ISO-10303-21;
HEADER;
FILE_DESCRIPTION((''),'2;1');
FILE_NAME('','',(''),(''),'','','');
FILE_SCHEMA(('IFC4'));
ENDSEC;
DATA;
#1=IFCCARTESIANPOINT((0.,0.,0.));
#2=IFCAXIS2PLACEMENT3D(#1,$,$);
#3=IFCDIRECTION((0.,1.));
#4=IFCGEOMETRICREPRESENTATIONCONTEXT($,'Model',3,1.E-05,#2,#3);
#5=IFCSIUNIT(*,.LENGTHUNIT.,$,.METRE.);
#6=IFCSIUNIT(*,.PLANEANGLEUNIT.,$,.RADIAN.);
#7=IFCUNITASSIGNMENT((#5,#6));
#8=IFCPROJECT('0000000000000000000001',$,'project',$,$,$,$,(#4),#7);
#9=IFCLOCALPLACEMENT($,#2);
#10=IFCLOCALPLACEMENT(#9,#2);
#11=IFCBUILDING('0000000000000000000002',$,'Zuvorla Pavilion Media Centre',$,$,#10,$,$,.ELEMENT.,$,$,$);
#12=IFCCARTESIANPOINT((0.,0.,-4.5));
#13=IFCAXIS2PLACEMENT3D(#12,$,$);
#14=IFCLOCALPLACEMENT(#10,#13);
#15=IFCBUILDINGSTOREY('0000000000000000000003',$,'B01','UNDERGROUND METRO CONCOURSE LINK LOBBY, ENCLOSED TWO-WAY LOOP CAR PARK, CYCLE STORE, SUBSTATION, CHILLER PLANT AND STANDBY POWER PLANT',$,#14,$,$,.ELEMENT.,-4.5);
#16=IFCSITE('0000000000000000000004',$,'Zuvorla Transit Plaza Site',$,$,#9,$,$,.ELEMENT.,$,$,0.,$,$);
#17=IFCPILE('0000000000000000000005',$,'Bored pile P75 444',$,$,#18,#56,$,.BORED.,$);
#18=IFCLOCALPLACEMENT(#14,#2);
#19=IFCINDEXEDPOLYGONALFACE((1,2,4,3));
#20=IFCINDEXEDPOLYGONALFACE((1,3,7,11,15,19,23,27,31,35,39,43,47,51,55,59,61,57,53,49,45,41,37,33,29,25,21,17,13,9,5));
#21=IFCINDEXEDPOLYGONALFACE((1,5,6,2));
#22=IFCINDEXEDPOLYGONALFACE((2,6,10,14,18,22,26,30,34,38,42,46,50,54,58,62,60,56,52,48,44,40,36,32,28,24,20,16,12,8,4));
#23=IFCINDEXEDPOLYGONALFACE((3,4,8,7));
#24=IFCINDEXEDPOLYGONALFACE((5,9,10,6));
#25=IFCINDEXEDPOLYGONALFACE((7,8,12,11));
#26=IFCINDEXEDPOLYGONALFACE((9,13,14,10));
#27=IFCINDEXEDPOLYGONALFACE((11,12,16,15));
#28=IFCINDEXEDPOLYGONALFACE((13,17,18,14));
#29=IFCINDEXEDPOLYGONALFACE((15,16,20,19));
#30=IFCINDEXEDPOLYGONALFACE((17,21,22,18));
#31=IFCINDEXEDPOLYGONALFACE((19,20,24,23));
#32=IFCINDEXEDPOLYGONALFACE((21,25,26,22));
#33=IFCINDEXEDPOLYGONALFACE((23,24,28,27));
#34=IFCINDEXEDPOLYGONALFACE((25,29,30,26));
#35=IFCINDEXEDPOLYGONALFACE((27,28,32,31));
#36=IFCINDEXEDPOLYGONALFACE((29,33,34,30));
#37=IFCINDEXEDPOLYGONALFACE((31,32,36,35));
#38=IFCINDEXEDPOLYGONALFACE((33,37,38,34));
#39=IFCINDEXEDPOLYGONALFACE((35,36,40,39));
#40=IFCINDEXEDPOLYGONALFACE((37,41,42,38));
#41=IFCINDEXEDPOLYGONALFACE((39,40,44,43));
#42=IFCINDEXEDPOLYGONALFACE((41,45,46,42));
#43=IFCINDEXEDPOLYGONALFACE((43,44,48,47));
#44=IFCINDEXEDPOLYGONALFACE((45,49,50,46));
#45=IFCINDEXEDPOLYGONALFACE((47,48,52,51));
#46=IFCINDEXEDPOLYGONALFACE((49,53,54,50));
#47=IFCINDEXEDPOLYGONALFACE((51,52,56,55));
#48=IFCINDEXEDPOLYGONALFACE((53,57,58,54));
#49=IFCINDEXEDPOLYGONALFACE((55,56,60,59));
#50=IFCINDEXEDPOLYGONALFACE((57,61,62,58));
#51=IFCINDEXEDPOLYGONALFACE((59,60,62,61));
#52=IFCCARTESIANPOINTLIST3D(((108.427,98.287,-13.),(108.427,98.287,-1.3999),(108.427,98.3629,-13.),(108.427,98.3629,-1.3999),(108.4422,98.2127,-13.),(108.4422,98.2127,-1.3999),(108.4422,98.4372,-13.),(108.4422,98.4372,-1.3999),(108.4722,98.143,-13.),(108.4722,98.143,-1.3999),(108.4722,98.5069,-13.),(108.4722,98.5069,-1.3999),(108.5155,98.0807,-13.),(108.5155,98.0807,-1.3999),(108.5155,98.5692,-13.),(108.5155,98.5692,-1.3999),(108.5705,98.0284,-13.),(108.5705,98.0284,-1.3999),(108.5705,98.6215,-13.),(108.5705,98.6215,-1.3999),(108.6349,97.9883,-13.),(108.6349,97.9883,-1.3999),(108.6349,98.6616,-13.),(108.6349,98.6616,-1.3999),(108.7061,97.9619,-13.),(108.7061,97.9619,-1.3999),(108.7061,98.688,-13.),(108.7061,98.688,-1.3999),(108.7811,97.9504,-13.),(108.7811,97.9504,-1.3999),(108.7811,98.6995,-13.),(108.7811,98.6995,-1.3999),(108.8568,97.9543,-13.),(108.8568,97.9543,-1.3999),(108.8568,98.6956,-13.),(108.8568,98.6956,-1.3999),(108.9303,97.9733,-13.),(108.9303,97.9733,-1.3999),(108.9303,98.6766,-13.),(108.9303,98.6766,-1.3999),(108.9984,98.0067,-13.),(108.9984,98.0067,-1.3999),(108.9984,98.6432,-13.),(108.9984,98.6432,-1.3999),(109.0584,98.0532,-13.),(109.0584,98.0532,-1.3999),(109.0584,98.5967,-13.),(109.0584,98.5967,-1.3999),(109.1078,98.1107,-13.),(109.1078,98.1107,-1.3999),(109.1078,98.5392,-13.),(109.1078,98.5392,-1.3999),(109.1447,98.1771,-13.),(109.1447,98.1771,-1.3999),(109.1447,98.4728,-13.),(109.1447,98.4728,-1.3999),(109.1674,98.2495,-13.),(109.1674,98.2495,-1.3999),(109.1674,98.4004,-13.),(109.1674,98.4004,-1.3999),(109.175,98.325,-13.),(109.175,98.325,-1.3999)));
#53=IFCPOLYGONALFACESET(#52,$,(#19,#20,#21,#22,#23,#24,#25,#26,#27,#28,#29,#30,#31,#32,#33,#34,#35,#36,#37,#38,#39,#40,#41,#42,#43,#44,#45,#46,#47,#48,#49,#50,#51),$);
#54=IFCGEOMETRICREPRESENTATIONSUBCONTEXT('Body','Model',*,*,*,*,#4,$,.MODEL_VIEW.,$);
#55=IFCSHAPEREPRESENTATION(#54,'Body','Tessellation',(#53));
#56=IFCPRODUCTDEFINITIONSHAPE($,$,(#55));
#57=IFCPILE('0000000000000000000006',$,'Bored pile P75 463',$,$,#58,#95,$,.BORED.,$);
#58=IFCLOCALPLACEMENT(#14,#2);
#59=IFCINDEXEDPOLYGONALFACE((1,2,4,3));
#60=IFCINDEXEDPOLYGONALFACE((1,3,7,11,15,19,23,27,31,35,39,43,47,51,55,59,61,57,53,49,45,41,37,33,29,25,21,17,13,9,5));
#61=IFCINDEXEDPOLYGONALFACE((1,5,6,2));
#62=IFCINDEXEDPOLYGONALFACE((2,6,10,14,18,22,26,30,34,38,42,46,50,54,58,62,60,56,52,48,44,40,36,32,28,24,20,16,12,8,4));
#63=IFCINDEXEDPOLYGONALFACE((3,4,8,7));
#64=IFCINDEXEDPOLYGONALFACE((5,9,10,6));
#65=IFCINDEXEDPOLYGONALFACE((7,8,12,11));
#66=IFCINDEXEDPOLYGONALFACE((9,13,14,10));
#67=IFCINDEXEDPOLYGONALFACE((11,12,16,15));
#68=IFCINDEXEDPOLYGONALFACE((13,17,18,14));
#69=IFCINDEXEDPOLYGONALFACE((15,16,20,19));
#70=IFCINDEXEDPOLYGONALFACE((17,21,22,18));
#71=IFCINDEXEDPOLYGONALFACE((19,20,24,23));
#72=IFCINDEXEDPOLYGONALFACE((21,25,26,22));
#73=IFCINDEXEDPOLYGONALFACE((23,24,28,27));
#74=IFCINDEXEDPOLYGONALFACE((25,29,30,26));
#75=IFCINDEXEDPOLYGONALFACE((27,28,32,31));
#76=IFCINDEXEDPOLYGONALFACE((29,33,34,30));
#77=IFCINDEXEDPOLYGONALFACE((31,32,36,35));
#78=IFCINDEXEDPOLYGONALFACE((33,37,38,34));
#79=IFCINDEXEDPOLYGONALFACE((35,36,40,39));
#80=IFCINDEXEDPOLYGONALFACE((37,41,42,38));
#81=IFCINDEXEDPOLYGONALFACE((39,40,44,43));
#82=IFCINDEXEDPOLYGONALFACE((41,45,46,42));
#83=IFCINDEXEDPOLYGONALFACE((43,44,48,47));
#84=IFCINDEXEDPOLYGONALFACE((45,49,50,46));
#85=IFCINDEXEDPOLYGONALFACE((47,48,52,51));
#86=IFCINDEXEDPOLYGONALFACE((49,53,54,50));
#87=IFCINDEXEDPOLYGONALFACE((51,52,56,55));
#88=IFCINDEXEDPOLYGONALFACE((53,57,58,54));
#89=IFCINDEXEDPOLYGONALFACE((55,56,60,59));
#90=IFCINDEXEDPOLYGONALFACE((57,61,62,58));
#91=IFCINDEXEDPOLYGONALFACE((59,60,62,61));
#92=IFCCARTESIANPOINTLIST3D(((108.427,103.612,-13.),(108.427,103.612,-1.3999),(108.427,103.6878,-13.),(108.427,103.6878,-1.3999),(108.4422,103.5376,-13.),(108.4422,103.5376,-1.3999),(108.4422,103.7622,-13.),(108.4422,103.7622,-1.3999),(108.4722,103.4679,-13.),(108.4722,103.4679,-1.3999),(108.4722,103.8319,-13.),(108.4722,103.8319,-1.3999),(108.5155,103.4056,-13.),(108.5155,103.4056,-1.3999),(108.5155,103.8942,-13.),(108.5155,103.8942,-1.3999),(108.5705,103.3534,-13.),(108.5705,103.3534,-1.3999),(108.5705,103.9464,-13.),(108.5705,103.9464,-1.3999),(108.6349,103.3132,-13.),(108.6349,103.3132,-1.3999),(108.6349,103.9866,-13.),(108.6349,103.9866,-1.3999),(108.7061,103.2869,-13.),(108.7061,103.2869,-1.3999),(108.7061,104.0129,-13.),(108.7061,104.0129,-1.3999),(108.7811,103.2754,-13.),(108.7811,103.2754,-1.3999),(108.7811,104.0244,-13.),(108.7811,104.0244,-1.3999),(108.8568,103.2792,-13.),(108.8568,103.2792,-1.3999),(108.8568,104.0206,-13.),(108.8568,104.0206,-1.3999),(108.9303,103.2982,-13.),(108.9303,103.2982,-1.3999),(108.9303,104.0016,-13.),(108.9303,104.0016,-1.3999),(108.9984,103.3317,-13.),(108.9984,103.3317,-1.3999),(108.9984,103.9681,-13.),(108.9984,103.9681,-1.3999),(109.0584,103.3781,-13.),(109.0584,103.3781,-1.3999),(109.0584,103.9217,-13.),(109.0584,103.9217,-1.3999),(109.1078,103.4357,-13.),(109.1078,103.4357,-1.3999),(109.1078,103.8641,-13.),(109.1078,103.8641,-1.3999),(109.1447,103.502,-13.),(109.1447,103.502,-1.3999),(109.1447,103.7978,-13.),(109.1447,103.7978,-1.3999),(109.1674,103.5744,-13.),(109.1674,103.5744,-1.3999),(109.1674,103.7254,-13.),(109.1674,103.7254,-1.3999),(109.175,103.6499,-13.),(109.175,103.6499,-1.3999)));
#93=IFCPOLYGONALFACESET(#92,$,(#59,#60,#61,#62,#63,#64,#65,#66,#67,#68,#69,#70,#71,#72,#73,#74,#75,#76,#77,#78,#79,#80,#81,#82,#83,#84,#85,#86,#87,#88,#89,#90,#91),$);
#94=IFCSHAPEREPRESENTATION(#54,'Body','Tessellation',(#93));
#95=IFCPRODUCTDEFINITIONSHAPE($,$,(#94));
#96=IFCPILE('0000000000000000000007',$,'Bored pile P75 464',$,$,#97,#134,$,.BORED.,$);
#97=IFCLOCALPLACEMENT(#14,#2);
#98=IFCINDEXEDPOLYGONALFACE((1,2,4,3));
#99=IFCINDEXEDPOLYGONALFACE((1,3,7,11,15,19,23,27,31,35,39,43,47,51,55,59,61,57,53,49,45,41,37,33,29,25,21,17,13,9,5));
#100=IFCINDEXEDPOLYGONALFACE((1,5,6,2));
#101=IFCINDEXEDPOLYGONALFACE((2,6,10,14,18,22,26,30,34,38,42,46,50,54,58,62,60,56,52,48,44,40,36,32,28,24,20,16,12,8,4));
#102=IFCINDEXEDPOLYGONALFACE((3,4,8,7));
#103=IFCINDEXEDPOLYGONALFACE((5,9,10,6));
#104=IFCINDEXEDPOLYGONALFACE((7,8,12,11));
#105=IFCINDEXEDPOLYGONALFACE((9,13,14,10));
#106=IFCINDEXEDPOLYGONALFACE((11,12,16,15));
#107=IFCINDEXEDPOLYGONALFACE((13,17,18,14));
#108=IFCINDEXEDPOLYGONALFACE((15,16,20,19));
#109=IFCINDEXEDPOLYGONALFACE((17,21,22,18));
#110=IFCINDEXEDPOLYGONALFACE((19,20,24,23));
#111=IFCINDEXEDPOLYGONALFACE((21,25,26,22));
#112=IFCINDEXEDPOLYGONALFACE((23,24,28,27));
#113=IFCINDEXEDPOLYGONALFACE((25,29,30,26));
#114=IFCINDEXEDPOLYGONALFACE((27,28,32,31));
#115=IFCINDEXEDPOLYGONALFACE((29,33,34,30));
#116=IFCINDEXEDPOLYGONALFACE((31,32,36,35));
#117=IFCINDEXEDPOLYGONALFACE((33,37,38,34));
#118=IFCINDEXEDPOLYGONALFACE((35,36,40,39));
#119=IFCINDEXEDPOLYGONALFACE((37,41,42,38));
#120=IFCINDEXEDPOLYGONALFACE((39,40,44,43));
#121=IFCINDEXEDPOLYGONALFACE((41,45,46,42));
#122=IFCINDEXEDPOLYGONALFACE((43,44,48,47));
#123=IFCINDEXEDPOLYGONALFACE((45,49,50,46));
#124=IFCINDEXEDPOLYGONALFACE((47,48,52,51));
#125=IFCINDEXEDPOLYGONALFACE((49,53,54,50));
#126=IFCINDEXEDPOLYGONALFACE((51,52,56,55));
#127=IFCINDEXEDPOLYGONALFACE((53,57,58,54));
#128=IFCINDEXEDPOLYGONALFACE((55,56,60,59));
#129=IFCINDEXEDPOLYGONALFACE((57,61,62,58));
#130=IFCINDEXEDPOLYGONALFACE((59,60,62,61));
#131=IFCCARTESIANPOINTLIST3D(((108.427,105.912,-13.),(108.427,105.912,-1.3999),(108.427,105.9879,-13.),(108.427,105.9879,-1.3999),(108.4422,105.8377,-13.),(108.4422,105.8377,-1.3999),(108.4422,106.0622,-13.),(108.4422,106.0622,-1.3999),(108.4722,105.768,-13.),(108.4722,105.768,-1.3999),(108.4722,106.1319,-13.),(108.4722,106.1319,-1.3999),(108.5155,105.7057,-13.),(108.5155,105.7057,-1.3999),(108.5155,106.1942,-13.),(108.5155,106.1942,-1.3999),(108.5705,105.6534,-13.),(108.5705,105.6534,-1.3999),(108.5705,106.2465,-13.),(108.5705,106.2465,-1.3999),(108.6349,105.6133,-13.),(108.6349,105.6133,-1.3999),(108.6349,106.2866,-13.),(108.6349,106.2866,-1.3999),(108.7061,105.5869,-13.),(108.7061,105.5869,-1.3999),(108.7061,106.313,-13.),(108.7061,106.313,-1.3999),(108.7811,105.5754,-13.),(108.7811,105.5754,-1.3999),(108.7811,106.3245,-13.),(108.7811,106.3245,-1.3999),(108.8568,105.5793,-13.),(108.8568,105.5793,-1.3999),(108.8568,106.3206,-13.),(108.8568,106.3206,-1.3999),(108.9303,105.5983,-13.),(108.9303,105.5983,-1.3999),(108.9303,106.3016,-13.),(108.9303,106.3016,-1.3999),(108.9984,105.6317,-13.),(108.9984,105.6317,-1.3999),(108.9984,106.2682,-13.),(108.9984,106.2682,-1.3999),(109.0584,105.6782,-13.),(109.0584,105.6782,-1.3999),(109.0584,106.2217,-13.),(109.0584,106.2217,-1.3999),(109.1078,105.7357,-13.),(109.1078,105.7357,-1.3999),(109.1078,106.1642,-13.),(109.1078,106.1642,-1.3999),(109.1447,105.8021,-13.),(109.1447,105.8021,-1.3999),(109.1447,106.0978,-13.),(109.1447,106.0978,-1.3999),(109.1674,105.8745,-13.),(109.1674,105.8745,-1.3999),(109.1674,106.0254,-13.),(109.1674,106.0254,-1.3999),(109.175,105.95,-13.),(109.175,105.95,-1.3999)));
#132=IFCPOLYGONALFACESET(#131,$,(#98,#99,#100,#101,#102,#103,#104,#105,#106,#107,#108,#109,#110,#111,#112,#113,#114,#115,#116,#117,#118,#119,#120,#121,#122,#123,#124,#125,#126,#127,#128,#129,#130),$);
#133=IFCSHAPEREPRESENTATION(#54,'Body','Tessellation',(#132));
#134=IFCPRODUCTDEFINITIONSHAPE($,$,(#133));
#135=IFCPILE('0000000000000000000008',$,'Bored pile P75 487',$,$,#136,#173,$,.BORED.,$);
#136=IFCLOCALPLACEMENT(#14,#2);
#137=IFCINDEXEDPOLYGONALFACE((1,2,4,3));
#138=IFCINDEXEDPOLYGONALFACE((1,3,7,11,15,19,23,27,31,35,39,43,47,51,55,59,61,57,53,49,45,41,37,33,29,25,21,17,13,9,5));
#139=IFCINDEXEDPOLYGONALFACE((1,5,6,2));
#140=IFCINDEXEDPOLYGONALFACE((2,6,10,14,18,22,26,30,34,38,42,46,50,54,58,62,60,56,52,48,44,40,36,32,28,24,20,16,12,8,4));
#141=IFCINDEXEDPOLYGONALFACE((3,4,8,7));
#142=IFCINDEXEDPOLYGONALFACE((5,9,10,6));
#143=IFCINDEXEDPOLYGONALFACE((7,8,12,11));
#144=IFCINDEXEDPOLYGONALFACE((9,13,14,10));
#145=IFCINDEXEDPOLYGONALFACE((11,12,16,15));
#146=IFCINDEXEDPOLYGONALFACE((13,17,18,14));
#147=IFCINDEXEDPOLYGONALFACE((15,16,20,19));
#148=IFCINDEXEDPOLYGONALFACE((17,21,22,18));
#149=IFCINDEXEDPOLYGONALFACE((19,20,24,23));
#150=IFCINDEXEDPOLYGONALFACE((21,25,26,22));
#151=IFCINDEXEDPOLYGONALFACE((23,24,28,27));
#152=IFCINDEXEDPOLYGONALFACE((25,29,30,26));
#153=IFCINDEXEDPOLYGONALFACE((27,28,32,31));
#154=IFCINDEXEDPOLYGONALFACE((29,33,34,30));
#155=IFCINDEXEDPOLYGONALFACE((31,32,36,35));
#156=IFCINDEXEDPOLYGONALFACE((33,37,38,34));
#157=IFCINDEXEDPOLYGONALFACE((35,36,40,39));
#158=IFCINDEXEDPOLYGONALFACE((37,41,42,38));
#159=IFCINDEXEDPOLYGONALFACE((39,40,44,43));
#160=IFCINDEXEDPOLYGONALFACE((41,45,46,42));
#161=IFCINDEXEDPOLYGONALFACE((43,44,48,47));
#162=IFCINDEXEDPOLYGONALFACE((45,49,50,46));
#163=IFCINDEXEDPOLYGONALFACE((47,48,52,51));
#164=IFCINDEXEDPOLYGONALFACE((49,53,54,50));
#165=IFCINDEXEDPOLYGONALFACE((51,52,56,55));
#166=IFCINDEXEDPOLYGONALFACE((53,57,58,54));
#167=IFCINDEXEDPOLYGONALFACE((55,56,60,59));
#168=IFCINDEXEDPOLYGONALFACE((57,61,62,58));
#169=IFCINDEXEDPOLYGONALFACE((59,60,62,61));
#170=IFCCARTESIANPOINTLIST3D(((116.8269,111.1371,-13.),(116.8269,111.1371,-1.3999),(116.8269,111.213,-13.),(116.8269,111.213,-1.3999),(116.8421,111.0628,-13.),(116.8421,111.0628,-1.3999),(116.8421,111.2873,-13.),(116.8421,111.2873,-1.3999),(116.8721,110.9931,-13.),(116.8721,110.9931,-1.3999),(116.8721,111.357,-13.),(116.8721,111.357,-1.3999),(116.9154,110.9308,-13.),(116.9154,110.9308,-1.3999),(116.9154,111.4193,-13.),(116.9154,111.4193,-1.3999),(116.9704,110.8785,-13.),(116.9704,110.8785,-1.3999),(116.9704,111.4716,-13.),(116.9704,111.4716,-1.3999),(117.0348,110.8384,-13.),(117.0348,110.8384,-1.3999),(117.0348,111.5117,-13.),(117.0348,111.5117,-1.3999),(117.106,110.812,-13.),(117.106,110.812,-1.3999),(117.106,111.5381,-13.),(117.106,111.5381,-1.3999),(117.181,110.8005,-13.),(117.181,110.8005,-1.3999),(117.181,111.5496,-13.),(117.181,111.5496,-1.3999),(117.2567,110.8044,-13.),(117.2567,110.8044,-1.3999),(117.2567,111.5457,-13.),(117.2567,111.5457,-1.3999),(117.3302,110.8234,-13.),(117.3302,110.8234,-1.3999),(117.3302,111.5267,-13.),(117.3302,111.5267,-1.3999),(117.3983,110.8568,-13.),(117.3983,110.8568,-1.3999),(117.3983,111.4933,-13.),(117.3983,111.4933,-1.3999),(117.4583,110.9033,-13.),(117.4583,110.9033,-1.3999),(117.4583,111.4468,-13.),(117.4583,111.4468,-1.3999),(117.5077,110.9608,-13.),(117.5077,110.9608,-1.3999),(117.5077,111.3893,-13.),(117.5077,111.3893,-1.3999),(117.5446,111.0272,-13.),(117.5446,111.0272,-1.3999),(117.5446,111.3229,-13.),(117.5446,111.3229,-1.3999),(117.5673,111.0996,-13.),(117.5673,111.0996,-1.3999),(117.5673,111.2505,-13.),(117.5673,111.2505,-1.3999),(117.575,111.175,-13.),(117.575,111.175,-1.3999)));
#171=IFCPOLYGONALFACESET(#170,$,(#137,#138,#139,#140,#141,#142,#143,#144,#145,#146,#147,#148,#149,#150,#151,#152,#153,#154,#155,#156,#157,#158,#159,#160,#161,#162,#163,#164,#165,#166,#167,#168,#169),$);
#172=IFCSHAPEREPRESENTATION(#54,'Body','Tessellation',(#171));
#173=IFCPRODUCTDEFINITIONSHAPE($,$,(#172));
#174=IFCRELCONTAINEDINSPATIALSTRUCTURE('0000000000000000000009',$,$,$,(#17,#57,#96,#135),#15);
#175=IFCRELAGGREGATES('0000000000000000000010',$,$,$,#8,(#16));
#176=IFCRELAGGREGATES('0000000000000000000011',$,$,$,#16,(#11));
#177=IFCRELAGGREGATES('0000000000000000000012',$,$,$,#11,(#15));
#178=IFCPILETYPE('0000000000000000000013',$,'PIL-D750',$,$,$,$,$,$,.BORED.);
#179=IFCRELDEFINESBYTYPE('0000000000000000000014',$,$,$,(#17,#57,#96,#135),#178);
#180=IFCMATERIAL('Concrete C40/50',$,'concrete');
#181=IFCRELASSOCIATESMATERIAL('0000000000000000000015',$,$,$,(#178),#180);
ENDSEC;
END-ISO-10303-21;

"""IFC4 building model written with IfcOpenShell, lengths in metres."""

from ifc_helpers import new_model, si_unit, direction, frame, origin, origin_2d, place, context, subcontext, project, spatial, circle, extrude, material, material_profile, profile_set, type_object, element, save


model = new_model("IFC4")

# Units and contexts
model_context = context("Model", 3, precision=1e-05, world=origin(), true_north=direction((0.0, 1.0)))
body_context = subcontext(model_context, "Body", "Model", "MODEL_VIEW")
ifc_project = project(units=[si_unit("LENGTHUNIT", "METRE"), si_unit("PLANEANGLEUNIT", "RADIAN")], contexts=[model_context])

# Site, building, storey
site_placement = place(None, origin())
site = spatial("IfcSite", under=ifc_project, at=site_placement, Name="Zuvorla Transit Plaza Site", CompositionType="ELEMENT", RefElevation=0.0)
building_placement = place(site_placement, origin())
building = spatial("IfcBuilding", under=site, at=building_placement, Name="Zuvorla Pavilion Media Centre", CompositionType="ELEMENT")
storey_placement = place(building_placement, frame((0.0, 0.0, -4.5)))
storey = spatial("IfcBuildingStorey", under=building, at=storey_placement, Name="B01", Description="UNDERGROUND METRO CONCOURSE LINK LOBBY, ENCLOSED TWO-WAY LOOP CAR PARK, CYCLE STORE, SUBSTATION, CHILLER PLANT AND STANDBY POWER PLANT", CompositionType="ELEMENT", Elevation=-4.5)

# Shared definitions
ifc_material = material(Name="Concrete C40/50", Category="concrete")

# Piles
ifc_material_profile_1 = material_profile(ifc_material, circle(Radius=0.375, at=origin_2d()), Name="BORED PILE 750")
ifc_profile_set_1 = profile_set([ifc_material_profile_1], Name="Concrete C40/50")
pile_type_1 = type_object("IfcPileType", Name="PIL-D750", PredefinedType="BORED", material=ifc_profile_set_1)
for number, where, z_axis, x_axis, name in (
    (1, (108.8, 98.325, -1.3999), (0.0, 0.0, -1.0), (1.0, 0.0, 0.0), "Bored pile P75 444"),
    (2, (108.8, 103.6499, -1.3999), (0.0, 0.0, -1.0), (1.0, 0.0, 0.0), "Bored pile P75 463"),
    (3, (108.8, 105.95, -1.3999), (0.0, 0.0, -1.0), (1.0, 0.0, 0.0), "Bored pile P75 464"),
    (4, (117.2, 111.175, -1.3999), (0.0, 0.0, -1.0), (1.0, 0.0, 0.0), "Bored pile P75 487"),
):
    element("IfcPile", number, at=place(storey_placement, frame(where, z_axis=z_axis, x_axis=x_axis)), inside=storey, type_object=pile_type_1, Name=name, PredefinedType="BORED", context=body_context, shape_type="SweptSolid", body=[
        extrude(circle(Radius=0.375, at=origin_2d()), origin(), (0.0, 0.0, 1.0), 11.6001),
    ])

save(model, "model.ifc")
